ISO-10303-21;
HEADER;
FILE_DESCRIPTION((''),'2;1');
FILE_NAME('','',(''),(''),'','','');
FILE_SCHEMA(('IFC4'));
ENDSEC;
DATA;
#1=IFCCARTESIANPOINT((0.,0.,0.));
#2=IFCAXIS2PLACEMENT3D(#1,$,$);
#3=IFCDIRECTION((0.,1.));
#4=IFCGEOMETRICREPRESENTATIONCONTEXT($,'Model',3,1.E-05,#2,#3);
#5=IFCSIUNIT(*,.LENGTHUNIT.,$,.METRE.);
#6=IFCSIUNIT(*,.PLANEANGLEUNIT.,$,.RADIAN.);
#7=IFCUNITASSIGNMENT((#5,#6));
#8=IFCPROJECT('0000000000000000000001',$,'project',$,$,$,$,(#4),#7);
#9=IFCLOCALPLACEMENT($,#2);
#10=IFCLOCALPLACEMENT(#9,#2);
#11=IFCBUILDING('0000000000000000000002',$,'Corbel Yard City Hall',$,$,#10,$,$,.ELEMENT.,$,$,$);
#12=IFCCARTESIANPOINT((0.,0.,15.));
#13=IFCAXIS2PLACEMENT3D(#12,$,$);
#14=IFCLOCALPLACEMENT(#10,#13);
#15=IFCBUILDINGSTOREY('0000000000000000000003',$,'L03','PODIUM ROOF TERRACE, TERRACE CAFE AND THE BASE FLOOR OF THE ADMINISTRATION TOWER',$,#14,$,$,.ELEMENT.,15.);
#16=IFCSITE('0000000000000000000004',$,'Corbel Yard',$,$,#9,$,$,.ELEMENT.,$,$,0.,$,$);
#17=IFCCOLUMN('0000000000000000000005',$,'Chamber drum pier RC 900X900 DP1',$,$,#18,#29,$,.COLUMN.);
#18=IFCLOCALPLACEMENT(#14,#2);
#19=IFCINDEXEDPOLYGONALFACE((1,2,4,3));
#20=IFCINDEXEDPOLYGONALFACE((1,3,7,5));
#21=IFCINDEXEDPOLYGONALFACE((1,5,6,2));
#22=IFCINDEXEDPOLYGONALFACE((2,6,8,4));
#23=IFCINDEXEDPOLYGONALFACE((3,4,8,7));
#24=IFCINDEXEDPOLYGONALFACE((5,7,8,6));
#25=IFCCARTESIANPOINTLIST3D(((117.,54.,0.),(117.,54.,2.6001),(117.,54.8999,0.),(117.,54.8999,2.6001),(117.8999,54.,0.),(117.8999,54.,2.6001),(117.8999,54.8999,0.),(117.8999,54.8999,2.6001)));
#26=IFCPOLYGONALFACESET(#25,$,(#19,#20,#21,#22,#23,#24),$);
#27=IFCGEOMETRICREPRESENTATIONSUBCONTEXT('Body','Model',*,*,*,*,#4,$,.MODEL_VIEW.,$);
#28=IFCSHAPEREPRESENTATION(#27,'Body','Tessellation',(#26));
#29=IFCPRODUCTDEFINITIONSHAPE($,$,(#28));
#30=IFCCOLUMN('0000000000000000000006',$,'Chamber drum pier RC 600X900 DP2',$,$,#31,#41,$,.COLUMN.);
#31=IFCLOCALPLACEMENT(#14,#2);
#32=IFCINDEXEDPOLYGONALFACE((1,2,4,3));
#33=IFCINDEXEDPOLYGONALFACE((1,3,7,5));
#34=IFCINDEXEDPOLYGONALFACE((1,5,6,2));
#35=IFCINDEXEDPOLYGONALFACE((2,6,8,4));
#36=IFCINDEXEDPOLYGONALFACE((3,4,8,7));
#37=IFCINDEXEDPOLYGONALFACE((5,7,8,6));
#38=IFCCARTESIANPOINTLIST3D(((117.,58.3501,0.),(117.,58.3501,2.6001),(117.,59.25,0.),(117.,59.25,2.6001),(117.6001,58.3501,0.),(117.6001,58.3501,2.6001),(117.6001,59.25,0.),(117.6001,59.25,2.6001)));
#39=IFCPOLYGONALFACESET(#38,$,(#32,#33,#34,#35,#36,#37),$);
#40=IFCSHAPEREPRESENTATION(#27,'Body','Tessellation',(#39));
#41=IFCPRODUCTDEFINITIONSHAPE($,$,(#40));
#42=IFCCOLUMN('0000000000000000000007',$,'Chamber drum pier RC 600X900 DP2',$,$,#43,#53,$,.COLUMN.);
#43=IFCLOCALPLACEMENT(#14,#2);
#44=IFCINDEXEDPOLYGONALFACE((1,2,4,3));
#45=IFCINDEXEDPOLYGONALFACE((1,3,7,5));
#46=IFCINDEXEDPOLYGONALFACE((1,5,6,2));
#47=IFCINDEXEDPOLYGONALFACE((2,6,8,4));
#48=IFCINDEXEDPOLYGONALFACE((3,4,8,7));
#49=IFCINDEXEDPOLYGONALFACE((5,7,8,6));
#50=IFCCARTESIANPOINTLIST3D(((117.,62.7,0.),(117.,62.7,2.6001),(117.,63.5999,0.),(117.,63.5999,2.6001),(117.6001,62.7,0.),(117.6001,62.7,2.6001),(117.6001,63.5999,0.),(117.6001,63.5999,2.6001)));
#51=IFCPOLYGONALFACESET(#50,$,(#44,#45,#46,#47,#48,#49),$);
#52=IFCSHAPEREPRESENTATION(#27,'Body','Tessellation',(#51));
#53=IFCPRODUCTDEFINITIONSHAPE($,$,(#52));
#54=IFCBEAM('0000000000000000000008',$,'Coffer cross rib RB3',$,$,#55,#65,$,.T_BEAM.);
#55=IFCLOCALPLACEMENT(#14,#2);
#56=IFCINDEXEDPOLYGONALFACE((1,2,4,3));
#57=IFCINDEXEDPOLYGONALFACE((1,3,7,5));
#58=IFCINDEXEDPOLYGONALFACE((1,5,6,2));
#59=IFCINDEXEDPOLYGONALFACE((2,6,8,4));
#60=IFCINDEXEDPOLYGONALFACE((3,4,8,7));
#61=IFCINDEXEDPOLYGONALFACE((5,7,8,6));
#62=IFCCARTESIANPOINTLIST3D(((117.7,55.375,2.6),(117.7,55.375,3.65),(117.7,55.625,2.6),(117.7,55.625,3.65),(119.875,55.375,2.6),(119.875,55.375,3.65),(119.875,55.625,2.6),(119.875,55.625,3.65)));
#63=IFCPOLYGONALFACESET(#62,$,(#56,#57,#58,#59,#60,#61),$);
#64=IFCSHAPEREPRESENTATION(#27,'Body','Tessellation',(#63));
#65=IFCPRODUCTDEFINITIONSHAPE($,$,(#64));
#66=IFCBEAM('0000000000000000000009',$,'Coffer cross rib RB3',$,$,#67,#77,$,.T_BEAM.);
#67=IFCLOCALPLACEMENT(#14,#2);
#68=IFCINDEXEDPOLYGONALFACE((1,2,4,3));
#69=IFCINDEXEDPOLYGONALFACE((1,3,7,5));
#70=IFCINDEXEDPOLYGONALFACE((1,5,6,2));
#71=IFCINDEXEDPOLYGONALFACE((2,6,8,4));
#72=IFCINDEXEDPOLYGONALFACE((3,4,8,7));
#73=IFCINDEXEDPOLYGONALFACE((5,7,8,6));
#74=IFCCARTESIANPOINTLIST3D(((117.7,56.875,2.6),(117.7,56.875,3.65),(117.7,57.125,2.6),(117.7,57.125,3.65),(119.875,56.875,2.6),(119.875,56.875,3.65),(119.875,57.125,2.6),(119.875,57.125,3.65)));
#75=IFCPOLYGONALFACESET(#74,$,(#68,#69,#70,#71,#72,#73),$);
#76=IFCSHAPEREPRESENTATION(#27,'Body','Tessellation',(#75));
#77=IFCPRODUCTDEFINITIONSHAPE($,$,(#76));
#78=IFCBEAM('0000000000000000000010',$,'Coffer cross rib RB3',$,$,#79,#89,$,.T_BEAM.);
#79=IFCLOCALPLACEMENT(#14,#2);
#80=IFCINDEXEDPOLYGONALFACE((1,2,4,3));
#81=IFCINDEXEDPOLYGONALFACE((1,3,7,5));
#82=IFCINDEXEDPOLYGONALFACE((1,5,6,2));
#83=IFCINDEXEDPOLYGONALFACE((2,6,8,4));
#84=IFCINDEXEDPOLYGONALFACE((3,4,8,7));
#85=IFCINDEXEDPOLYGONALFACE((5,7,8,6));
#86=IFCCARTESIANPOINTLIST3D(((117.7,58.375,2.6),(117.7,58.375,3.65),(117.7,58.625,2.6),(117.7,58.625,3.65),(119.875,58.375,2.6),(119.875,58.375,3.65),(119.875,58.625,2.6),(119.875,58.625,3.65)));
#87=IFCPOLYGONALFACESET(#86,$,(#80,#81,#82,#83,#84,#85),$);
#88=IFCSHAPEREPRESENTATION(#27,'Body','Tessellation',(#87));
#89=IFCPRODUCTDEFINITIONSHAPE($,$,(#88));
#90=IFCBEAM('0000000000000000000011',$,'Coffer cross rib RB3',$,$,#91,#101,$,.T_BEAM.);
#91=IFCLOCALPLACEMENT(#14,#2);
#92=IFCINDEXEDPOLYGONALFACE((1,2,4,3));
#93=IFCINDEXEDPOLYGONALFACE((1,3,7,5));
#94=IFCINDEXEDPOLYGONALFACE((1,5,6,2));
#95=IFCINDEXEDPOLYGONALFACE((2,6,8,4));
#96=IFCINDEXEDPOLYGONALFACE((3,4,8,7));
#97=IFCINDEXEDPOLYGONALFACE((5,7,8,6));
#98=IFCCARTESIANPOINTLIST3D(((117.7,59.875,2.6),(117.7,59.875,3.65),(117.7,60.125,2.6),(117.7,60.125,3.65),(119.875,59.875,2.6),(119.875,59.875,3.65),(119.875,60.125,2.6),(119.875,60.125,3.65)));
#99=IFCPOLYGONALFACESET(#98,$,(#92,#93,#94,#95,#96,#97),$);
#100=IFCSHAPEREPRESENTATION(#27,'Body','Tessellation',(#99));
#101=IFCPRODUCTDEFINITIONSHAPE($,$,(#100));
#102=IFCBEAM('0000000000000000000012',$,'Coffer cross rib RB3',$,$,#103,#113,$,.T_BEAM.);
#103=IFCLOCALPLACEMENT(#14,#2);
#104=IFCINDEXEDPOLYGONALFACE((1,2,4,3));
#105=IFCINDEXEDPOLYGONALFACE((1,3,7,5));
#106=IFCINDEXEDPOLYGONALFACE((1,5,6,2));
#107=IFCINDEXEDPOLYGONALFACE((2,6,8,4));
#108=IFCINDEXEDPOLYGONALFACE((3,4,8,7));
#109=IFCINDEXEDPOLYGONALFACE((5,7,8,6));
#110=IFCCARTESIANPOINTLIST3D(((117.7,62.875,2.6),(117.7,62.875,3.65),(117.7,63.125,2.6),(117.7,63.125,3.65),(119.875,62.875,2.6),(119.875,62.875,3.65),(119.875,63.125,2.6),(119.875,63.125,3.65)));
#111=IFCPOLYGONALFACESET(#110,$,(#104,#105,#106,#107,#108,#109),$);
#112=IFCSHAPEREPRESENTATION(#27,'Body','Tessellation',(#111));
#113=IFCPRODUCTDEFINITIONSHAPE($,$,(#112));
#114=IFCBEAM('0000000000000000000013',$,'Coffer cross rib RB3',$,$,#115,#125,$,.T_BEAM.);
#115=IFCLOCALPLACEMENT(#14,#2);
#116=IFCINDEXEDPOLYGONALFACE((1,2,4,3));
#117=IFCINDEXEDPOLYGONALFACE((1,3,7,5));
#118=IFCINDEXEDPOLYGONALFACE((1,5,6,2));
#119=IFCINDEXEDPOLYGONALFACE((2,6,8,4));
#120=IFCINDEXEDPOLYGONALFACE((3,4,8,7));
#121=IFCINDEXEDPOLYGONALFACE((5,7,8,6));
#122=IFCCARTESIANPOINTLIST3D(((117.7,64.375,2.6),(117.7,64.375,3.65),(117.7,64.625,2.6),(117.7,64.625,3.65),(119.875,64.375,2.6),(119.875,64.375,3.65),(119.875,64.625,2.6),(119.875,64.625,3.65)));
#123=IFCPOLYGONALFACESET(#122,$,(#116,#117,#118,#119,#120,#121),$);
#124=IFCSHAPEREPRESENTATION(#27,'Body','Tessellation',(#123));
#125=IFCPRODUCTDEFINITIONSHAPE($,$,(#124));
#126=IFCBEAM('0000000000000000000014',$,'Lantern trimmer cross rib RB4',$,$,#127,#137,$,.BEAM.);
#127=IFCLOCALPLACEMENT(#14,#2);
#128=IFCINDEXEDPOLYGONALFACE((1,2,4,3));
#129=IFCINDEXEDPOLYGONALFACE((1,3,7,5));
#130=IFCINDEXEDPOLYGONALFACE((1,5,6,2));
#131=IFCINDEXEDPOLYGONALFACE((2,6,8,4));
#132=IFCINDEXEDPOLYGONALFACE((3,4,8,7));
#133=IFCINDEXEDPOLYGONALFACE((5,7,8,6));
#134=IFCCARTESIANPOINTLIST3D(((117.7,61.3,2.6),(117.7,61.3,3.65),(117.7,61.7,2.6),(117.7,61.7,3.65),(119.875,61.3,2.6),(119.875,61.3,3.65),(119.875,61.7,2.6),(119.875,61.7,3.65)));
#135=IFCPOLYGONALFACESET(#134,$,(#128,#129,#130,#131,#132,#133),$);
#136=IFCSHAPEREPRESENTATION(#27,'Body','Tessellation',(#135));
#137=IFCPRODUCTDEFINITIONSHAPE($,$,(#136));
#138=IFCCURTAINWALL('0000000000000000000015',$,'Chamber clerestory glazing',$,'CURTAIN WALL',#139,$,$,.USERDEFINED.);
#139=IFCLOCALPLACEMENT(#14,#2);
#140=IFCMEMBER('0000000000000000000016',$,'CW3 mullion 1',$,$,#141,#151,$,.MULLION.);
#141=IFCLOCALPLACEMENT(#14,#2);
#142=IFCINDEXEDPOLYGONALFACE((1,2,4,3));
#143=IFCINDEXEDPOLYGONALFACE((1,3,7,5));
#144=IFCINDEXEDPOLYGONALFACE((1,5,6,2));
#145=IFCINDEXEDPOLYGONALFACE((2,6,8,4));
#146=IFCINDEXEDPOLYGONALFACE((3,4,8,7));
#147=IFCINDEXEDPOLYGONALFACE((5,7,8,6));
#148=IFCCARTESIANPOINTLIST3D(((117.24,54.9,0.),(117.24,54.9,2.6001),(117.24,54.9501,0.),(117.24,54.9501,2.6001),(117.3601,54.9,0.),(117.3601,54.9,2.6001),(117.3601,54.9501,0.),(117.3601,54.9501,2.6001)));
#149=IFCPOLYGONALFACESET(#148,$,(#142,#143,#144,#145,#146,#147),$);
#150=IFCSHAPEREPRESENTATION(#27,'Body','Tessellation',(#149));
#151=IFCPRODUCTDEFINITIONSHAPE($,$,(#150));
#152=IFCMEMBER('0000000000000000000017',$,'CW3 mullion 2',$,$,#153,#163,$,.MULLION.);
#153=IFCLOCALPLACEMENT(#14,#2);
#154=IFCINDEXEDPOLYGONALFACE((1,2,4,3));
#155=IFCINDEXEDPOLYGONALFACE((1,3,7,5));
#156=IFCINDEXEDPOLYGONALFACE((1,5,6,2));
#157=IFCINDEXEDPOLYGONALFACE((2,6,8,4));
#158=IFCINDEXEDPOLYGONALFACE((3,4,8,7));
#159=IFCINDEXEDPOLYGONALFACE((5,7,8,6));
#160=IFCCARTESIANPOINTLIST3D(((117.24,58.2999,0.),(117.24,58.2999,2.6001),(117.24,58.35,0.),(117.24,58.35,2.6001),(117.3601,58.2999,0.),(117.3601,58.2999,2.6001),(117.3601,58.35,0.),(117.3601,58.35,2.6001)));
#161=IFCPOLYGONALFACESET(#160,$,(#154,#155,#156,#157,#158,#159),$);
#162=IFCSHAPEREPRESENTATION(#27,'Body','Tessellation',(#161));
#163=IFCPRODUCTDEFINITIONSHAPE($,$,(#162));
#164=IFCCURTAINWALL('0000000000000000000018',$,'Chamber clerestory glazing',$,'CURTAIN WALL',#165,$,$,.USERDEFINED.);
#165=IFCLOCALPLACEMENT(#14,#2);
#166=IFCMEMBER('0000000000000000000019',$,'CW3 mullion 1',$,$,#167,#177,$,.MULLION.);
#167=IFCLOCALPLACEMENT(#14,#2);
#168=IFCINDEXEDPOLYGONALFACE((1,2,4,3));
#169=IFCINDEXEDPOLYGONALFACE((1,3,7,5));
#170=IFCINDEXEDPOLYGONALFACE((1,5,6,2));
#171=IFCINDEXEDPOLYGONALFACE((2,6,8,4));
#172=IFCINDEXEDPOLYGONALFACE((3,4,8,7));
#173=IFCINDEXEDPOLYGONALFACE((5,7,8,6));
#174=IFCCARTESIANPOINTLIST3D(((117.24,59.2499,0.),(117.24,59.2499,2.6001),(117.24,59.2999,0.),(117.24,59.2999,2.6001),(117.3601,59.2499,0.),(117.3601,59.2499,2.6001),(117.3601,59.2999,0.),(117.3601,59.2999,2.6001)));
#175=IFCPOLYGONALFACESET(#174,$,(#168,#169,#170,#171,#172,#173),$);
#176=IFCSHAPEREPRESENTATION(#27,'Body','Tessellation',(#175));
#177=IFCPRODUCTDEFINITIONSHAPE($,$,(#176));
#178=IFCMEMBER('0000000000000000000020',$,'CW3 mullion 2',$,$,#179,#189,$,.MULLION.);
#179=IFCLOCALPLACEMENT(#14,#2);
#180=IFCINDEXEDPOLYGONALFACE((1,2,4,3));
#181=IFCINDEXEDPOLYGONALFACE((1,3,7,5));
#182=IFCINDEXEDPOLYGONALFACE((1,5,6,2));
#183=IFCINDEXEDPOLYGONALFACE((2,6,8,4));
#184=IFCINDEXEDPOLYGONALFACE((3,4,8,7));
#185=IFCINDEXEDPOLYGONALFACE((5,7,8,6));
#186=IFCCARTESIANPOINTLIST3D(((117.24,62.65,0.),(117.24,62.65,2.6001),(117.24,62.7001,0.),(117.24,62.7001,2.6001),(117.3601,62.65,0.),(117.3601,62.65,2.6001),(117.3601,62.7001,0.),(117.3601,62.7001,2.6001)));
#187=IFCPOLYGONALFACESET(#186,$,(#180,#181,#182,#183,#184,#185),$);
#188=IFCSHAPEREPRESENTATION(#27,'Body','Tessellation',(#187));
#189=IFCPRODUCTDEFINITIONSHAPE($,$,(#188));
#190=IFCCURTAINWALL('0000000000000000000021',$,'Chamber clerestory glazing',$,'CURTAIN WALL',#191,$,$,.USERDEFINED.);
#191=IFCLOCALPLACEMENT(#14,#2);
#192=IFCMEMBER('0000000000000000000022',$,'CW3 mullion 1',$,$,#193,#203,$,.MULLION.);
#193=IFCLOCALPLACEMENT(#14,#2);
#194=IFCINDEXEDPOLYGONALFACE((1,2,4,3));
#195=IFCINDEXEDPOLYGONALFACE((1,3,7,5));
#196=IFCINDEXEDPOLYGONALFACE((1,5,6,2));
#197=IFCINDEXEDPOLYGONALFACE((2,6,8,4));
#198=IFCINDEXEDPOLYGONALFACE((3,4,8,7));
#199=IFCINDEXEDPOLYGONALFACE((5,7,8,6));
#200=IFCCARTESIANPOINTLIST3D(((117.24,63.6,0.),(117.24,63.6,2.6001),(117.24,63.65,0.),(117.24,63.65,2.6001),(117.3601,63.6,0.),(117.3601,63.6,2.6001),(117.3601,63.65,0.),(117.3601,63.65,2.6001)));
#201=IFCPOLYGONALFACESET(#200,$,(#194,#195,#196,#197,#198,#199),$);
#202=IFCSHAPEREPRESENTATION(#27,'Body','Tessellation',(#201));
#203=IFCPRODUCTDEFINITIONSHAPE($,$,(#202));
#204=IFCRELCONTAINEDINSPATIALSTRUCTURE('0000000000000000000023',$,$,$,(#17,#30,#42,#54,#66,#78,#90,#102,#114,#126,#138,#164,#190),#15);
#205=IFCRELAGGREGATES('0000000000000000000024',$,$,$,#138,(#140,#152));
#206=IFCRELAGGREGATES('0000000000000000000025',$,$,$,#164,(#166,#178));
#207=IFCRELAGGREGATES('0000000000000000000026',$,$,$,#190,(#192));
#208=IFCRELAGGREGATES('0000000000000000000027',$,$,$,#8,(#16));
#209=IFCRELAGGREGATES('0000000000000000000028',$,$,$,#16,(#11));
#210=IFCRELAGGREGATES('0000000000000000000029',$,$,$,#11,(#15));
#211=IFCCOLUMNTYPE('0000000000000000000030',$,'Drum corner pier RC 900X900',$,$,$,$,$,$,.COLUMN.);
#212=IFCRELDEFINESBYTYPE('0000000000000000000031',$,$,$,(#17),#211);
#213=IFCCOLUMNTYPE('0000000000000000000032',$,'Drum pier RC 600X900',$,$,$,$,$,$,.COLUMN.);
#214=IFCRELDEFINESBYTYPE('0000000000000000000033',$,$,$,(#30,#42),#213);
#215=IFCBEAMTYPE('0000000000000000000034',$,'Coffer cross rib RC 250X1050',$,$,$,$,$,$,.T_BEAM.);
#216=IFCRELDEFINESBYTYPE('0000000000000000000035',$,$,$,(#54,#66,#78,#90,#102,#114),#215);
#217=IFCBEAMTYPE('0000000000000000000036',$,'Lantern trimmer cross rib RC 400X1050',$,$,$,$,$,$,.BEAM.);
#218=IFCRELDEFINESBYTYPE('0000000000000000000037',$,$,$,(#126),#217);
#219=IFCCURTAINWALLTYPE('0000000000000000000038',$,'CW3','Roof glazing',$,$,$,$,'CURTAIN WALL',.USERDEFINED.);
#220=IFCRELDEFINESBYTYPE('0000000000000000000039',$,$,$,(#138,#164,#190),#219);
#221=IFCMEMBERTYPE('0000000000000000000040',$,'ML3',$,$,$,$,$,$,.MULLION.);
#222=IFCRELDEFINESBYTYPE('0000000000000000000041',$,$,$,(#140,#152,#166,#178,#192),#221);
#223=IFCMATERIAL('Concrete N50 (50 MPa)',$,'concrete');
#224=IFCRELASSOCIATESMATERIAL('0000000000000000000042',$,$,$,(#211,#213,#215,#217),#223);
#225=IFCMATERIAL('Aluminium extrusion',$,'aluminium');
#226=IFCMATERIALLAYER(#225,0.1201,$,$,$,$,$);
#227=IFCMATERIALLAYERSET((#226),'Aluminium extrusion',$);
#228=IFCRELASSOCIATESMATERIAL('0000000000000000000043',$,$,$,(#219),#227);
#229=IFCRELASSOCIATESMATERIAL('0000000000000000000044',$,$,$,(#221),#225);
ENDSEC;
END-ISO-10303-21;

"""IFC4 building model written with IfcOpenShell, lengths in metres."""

from ifc_helpers import new_model, si_unit, direction, frame, origin, origin_2d, place, context, subcontext, project, spatial, rectangle, extrude, material, layer, layer_set, material_profile, profile_set, type_object, element, aggregate, save


model = new_model("IFC4")

# Units and contexts
model_context = context("Model", 3, precision=1e-05, world=origin(), true_north=direction((0.0, 1.0)))
body_context = subcontext(model_context, "Body", "Model", "MODEL_VIEW")
ifc_project = project(units=[si_unit("LENGTHUNIT", "METRE"), si_unit("PLANEANGLEUNIT", "RADIAN")], contexts=[model_context])

# Site, building, storey
site_placement = place(None, origin())
site = spatial("IfcSite", under=ifc_project, at=site_placement, Name="Corbel Yard", CompositionType="ELEMENT", RefElevation=0.0)
building_placement = place(site_placement, origin())
building = spatial("IfcBuilding", under=site, at=building_placement, Name="Corbel Yard City Hall", CompositionType="ELEMENT")
storey_placement = place(building_placement, frame((0.0, 0.0, 15.0)))
storey = spatial("IfcBuildingStorey", under=building, at=storey_placement, Name="L03", Description="PODIUM ROOF TERRACE, TERRACE CAFE AND THE BASE FLOOR OF THE ADMINISTRATION TOWER", CompositionType="ELEMENT", Elevation=15.0)

# Columns
ifc_material_1 = material(Name="Concrete N50 (50 MPa)", Category="concrete")
ifc_material_profile_1 = material_profile(ifc_material_1, rectangle(XDim=0.8999, YDim=0.8999, at=origin_2d()), Name="900x900")
ifc_profile_set_1 = profile_set([ifc_material_profile_1], Name="Concrete N50 (50 MPa)")
column_type_1 = type_object("IfcColumnType", Name="Drum corner pier RC 900X900", PredefinedType="COLUMN", material=ifc_profile_set_1)
column_placement = place(storey_placement, frame((117.45, 54.45, 0.0), z_axis=(0.0, 0.0, 1.0), x_axis=(1.0, 0.0, 0.0)))
element("IfcColumn", 1, at=column_placement, inside=storey, type_object=column_type_1, Name="Chamber drum pier RC 900X900 DP1", PredefinedType="COLUMN", context=body_context, shape_type="SweptSolid", body=[
    extrude(rectangle(XDim=0.8999, YDim=0.8999, at=origin_2d()), origin(), (0.0, 0.0, 1.0), 2.6001),
])
ifc_material_profile_2 = material_profile(ifc_material_1, rectangle(XDim=0.6001, YDim=0.8999, at=origin_2d()), Name="600x900")
ifc_profile_set_2 = profile_set([ifc_material_profile_2], Name="Concrete N50 (50 MPa)")
column_type_2 = type_object("IfcColumnType", Name="Drum pier RC 600X900", PredefinedType="COLUMN", material=ifc_profile_set_2)
for number, where, z_axis, x_axis, name in (
    (2, (117.3, 58.8, 0.0), (0.0, 0.0, 1.0), (1.0, 0.0, 0.0), "Chamber drum pier RC 600X900 DP2"),
    (3, (117.3, 63.1499, 0.0), (0.0, 0.0, 1.0), (1.0, 0.0, 0.0), "Chamber drum pier RC 600X900 DP2"),
):
    element("IfcColumn", number, at=place(storey_placement, frame(where, z_axis=z_axis, x_axis=x_axis)), inside=storey, type_object=column_type_2, Name=name, PredefinedType="COLUMN", context=body_context, shape_type="SweptSolid", body=[
        extrude(rectangle(XDim=0.6001, YDim=0.8999, at=origin_2d()), origin(), (0.0, 0.0, 1.0), 2.6001),
    ])

# Beams
ifc_material_profile_3 = material_profile(ifc_material_1, rectangle(XDim=0.25, YDim=1.05, at=origin_2d()), Name="250x1050")
ifc_profile_set_3 = profile_set([ifc_material_profile_3], Name="Concrete N50 (50 MPa)")
beam_type_1 = type_object("IfcBeamType", Name="Coffer cross rib RC 250X1050", PredefinedType="T_BEAM", material=ifc_profile_set_3)
for number, where, z_axis, x_axis, name in (
    (4, (117.7, 55.5, 3.125), (1.0, 0.0, 0.0), (0.0, 1.0, 0.0), "Coffer cross rib RB3"),
    (5, (117.7, 57.0, 3.125), (1.0, 0.0, 0.0), (0.0, 1.0, 0.0), "Coffer cross rib RB3"),
    (6, (117.7, 58.5, 3.125), (1.0, 0.0, 0.0), (0.0, 1.0, 0.0), "Coffer cross rib RB3"),
    (7, (117.7, 60.0, 3.125), (1.0, 0.0, 0.0), (0.0, 1.0, 0.0), "Coffer cross rib RB3"),
    (8, (117.7, 63.0, 3.125), (1.0, 0.0, 0.0), (0.0, 1.0, 0.0), "Coffer cross rib RB3"),
    (9, (117.7, 64.5, 3.125), (1.0, 0.0, 0.0), (0.0, 1.0, 0.0), "Coffer cross rib RB3"),
):
    element("IfcBeam", number, at=place(storey_placement, frame(where, z_axis=z_axis, x_axis=x_axis)), inside=storey, type_object=beam_type_1, Name=name, PredefinedType="T_BEAM", context=body_context, shape_type="SweptSolid", body=[
        extrude(rectangle(XDim=0.25, YDim=1.05, at=origin_2d()), origin(), (0.0, 0.0, 1.0), 2.175),
    ])
ifc_material_profile_4 = material_profile(ifc_material_1, rectangle(XDim=0.3999, YDim=1.05, at=origin_2d()), Name="400x1050")
ifc_profile_set_4 = profile_set([ifc_material_profile_4], Name="Concrete N50 (50 MPa)")
beam_type_2 = type_object("IfcBeamType", Name="Lantern trimmer cross rib RC 400X1050", PredefinedType="BEAM", material=ifc_profile_set_4)
beam_placement = place(storey_placement, frame((117.7, 61.5, 3.125), z_axis=(1.0, 0.0, 0.0), x_axis=(0.0, 1.0, 0.0)))
element("IfcBeam", 10, at=beam_placement, inside=storey, type_object=beam_type_2, Name="Lantern trimmer cross rib RB4", PredefinedType="BEAM", context=body_context, shape_type="SweptSolid", body=[
    extrude(rectangle(XDim=0.3999, YDim=1.05, at=origin_2d()), origin(), (0.0, 0.0, 1.0), 2.175),
])

# Curtain walls, members
ifc_material_2 = material(Name="Aluminium extrusion", Category="aluminium")
ifc_layer_1 = layer(ifc_material_2, 0.1201)
ifc_layer_set_1 = layer_set([ifc_layer_1], Name="Aluminium extrusion")
curtain_wall_type = type_object("IfcCurtainWallType", Name="CW3", Description="Roof glazing", ElementType="CURTAIN WALL", PredefinedType="USERDEFINED", material=ifc_layer_set_1)
curtain_wall_1_placement = place(storey_placement, origin())
curtain_wall_1 = element("IfcCurtainWall", 11, at=curtain_wall_1_placement, inside=storey, type_object=curtain_wall_type, Name="Chamber clerestory glazing", ObjectType="CURTAIN WALL", PredefinedType="USERDEFINED")
ifc_material_profile_5 = material_profile(ifc_material_2, rectangle(XDim=0.1201, YDim=0.05, at=origin_2d()), Name="120x50")
ifc_profile_set_5 = profile_set([ifc_material_profile_5], Name="Aluminium extrusion")
member_type_1 = type_object("IfcMemberType", Name="ML3", PredefinedType="MULLION", material=ifc_profile_set_5)
member_1_placement = place(storey_placement, frame((117.3, 54.925, 0.0), z_axis=(0.0, 0.0, 1.0), x_axis=(-1.0, 0.0, 0.0)))
member_1 = element("IfcMember", 12, at=member_1_placement, type_object=member_type_1, Name="CW3 mullion 1", PredefinedType="MULLION", context=body_context, shape_type="SweptSolid", body=[
    extrude(rectangle(XDim=0.1201, YDim=0.05, at=origin_2d()), origin(), (0.0, 0.0, 1.0), 2.6001),
])
member_2_placement = place(storey_placement, frame((117.3, 58.325, 0.0), z_axis=(0.0, 0.0, 1.0), x_axis=(-1.0, 0.0, 0.0)))
member_2 = element("IfcMember", 13, at=member_2_placement, type_object=member_type_1, Name="CW3 mullion 2", PredefinedType="MULLION", context=body_context, shape_type="SweptSolid", body=[
    extrude(rectangle(XDim=0.1201, YDim=0.05, at=origin_2d()), origin(), (0.0, 0.0, 1.0), 2.6001),
])
curtain_wall_2_placement = place(storey_placement, origin())
curtain_wall_2 = element("IfcCurtainWall", 14, at=curtain_wall_2_placement, inside=storey, type_object=curtain_wall_type, Name="Chamber clerestory glazing", ObjectType="CURTAIN WALL", PredefinedType="USERDEFINED")
member_3_placement = place(storey_placement, frame((117.3, 59.2749, 0.0), z_axis=(0.0, 0.0, 1.0), x_axis=(-1.0, 0.0, 0.0)))
member_3 = element("IfcMember", 15, at=member_3_placement, type_object=member_type_1, Name="CW3 mullion 1", PredefinedType="MULLION", context=body_context, shape_type="SweptSolid", body=[
    extrude(rectangle(XDim=0.1201, YDim=0.05, at=origin_2d()), origin(), (0.0, 0.0, 1.0), 2.6001),
])
member_4_placement = place(storey_placement, frame((117.3, 62.675, 0.0), z_axis=(0.0, 0.0, 1.0), x_axis=(-1.0, 0.0, 0.0)))
member_4 = element("IfcMember", 16, at=member_4_placement, type_object=member_type_1, Name="CW3 mullion 2", PredefinedType="MULLION", context=body_context, shape_type="SweptSolid", body=[
    extrude(rectangle(XDim=0.1201, YDim=0.05, at=origin_2d()), origin(), (0.0, 0.0, 1.0), 2.6001),
])

# Curtain wall, member
curtain_wall_3_placement = place(storey_placement, origin())
curtain_wall_3 = element("IfcCurtainWall", 17, at=curtain_wall_3_placement, inside=storey, type_object=curtain_wall_type, Name="Chamber clerestory glazing", ObjectType="CURTAIN WALL", PredefinedType="USERDEFINED")
member_5_placement = place(storey_placement, frame((117.3, 63.625, 0.0), z_axis=(0.0, 0.0, 1.0), x_axis=(-1.0, 0.0, 0.0)))
member_5 = element("IfcMember", 18, at=member_5_placement, type_object=member_type_1, Name="CW3 mullion 1", PredefinedType="MULLION", context=body_context, shape_type="SweptSolid", body=[
    extrude(rectangle(XDim=0.1201, YDim=0.05, at=origin_2d()), origin(), (0.0, 0.0, 1.0), 2.6001),
])

aggregate(curtain_wall_1, [member_1, member_2])
aggregate(curtain_wall_2, [member_3, member_4])
aggregate(curtain_wall_3, [member_5])

save(model, "model.ifc")
